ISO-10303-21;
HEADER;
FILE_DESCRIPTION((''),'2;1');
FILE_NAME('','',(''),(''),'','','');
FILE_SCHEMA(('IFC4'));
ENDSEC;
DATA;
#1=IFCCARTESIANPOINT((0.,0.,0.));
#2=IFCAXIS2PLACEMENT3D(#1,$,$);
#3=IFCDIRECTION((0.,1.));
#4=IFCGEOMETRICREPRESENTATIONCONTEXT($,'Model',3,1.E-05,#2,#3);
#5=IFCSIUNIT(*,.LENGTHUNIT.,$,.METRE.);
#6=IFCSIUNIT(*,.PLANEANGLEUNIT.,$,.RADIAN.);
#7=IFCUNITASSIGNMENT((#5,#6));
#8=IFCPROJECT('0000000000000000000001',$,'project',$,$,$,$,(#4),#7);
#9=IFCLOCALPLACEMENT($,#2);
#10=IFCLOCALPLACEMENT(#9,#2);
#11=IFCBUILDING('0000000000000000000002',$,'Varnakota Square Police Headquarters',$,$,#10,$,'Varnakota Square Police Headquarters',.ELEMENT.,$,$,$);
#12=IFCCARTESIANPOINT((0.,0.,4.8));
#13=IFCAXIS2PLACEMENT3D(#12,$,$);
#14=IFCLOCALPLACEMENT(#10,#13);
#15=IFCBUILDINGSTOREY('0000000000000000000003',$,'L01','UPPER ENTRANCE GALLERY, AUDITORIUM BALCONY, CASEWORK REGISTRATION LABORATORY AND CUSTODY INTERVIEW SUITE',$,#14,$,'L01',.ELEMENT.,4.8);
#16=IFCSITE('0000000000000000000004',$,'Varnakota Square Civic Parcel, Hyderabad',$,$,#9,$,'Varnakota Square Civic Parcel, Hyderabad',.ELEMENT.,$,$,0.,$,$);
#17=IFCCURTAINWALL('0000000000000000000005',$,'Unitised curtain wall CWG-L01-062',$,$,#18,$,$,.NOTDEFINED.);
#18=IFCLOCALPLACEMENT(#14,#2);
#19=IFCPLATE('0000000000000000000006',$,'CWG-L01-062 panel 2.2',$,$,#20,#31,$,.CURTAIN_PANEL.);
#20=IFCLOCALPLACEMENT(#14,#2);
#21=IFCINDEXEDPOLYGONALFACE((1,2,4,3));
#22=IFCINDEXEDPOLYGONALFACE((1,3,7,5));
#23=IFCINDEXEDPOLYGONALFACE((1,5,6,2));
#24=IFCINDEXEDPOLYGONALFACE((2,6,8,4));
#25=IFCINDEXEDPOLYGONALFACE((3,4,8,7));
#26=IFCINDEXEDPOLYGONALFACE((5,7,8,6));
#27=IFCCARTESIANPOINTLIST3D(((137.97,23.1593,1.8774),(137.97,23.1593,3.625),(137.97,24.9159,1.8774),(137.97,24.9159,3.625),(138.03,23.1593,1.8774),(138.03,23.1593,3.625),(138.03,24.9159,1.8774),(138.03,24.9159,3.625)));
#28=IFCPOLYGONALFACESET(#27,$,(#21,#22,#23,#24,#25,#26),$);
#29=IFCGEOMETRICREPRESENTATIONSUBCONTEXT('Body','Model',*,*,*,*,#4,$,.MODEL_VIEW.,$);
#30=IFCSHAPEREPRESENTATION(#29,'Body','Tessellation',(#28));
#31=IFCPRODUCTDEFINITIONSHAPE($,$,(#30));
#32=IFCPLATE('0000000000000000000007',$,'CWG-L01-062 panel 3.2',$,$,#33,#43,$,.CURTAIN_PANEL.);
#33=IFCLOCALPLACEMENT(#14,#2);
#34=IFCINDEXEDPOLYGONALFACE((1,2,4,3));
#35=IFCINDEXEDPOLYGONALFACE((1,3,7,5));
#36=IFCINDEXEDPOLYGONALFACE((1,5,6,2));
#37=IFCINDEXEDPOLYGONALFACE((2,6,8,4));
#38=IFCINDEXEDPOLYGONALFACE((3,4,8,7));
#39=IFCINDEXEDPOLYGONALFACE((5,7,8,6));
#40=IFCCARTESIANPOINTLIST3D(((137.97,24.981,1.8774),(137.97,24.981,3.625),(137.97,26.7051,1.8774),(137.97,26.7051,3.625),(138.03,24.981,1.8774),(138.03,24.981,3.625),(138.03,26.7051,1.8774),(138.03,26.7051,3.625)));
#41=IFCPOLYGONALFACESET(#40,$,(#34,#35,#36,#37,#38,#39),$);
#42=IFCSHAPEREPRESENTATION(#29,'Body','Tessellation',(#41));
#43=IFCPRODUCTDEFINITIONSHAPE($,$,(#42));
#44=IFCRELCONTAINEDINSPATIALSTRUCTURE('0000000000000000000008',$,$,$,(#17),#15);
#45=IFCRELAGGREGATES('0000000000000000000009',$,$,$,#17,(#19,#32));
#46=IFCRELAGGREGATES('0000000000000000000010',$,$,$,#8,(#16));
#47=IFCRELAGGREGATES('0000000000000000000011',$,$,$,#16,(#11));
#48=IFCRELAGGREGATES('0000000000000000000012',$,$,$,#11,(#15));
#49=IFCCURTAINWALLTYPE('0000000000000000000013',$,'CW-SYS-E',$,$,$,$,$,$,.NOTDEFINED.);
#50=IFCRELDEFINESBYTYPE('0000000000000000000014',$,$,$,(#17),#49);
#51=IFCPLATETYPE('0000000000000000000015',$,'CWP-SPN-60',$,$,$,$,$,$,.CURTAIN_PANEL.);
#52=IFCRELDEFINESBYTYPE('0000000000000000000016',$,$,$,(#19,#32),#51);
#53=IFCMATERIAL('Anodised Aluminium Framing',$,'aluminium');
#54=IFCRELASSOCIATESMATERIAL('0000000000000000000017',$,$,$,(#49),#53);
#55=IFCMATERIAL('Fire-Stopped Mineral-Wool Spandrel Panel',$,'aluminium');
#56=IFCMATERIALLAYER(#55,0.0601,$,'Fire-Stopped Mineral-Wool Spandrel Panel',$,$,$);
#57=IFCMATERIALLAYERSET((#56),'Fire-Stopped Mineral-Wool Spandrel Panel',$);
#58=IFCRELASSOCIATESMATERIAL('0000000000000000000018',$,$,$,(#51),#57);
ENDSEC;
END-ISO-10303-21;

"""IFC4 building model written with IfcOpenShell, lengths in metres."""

from ifc_helpers import new_model, si_unit, direction, frame, origin, origin_2d, place, context, subcontext, project, spatial, rectangle, extrude, material, layer, layer_set, type_object, element, aggregate, save


model = new_model("IFC4")

# Units and contexts
model_context = context("Model", 3, precision=1e-05, world=origin(), true_north=direction((0.0, 1.0)))
body_context = subcontext(model_context, "Body", "Model", "MODEL_VIEW")
ifc_project = project(units=[si_unit("LENGTHUNIT", "METRE"), si_unit("PLANEANGLEUNIT", "RADIAN")], contexts=[model_context])

# Site, building, storey
site_placement = place(None, origin())
site = spatial("IfcSite", under=ifc_project, at=site_placement, Name="Varnakota Square Civic Parcel, Hyderabad", LongName="Varnakota Square Civic Parcel, Hyderabad", CompositionType="ELEMENT", RefElevation=0.0)
building_placement = place(site_placement, origin())
building = spatial("IfcBuilding", under=site, at=building_placement, Name="Varnakota Square Police Headquarters", LongName="Varnakota Square Police Headquarters", CompositionType="ELEMENT")
storey_placement = place(building_placement, frame((0.0, 0.0, 4.8)))
storey = spatial("IfcBuildingStorey", under=building, at=storey_placement, Name="L01", Description="UPPER ENTRANCE GALLERY, AUDITORIUM BALCONY, CASEWORK REGISTRATION LABORATORY AND CUSTODY INTERVIEW SUITE", LongName="L01", CompositionType="ELEMENT", Elevation=4.8)

# Curtain wall
ifc_material_1 = material(Name="Anodised Aluminium Framing", Category="aluminium")
curtain_wall_type = type_object("IfcCurtainWallType", Name="CW-SYS-E", PredefinedType="NOTDEFINED", material=ifc_material_1)
curtain_wall_1_placement = place(storey_placement, origin())
curtain_wall_1 = element("IfcCurtainWall", 1, at=curtain_wall_1_placement, inside=storey, type_object=curtain_wall_type, Name="Unitised curtain wall CWG-L01-062", PredefinedType="NOTDEFINED")

# Plates
ifc_material_2 = material(Name="Fire-Stopped Mineral-Wool Spandrel Panel", Category="aluminium")
ifc_layer_1 = layer(ifc_material_2, 0.0601, Name="Fire-Stopped Mineral-Wool Spandrel Panel")
ifc_layer_set_1 = layer_set([ifc_layer_1], Name="Fire-Stopped Mineral-Wool Spandrel Panel")
plate_type_1 = type_object("IfcPlateType", Name="CWP-SPN-60", PredefinedType="CURTAIN_PANEL", material=ifc_layer_set_1)
plate_1_placement = place(storey_placement, frame((138.0, 24.0376, 1.8774), z_axis=(0.0, 0.0, 1.0), x_axis=(0.0, 1.0, 0.0)))
plate_1 = element("IfcPlate", 2, at=plate_1_placement, type_object=plate_type_1, Name="CWG-L01-062 panel 2.2", PredefinedType="CURTAIN_PANEL", context=body_context, shape_type="SweptSolid", body=[
    extrude(rectangle(XDim=1.7566, YDim=0.0601, at=origin_2d()), origin(), (0.0, 0.0, 1.0), 1.7476),
])
plate_2_placement = place(storey_placement, frame((138.0, 25.843, 1.8774), z_axis=(0.0, 0.0, 1.0), x_axis=(0.0, 1.0, 0.0)))
plate_2 = element("IfcPlate", 3, at=plate_2_placement, type_object=plate_type_1, Name="CWG-L01-062 panel 3.2", PredefinedType="CURTAIN_PANEL", context=body_context, shape_type="SweptSolid", body=[
    extrude(rectangle(XDim=1.7241, YDim=0.0601, at=origin_2d()), origin(), (0.0, 0.0, 1.0), 1.7476),
])
aggregate(curtain_wall_1, [plate_1, plate_2])

save(model, "model.ifc")
